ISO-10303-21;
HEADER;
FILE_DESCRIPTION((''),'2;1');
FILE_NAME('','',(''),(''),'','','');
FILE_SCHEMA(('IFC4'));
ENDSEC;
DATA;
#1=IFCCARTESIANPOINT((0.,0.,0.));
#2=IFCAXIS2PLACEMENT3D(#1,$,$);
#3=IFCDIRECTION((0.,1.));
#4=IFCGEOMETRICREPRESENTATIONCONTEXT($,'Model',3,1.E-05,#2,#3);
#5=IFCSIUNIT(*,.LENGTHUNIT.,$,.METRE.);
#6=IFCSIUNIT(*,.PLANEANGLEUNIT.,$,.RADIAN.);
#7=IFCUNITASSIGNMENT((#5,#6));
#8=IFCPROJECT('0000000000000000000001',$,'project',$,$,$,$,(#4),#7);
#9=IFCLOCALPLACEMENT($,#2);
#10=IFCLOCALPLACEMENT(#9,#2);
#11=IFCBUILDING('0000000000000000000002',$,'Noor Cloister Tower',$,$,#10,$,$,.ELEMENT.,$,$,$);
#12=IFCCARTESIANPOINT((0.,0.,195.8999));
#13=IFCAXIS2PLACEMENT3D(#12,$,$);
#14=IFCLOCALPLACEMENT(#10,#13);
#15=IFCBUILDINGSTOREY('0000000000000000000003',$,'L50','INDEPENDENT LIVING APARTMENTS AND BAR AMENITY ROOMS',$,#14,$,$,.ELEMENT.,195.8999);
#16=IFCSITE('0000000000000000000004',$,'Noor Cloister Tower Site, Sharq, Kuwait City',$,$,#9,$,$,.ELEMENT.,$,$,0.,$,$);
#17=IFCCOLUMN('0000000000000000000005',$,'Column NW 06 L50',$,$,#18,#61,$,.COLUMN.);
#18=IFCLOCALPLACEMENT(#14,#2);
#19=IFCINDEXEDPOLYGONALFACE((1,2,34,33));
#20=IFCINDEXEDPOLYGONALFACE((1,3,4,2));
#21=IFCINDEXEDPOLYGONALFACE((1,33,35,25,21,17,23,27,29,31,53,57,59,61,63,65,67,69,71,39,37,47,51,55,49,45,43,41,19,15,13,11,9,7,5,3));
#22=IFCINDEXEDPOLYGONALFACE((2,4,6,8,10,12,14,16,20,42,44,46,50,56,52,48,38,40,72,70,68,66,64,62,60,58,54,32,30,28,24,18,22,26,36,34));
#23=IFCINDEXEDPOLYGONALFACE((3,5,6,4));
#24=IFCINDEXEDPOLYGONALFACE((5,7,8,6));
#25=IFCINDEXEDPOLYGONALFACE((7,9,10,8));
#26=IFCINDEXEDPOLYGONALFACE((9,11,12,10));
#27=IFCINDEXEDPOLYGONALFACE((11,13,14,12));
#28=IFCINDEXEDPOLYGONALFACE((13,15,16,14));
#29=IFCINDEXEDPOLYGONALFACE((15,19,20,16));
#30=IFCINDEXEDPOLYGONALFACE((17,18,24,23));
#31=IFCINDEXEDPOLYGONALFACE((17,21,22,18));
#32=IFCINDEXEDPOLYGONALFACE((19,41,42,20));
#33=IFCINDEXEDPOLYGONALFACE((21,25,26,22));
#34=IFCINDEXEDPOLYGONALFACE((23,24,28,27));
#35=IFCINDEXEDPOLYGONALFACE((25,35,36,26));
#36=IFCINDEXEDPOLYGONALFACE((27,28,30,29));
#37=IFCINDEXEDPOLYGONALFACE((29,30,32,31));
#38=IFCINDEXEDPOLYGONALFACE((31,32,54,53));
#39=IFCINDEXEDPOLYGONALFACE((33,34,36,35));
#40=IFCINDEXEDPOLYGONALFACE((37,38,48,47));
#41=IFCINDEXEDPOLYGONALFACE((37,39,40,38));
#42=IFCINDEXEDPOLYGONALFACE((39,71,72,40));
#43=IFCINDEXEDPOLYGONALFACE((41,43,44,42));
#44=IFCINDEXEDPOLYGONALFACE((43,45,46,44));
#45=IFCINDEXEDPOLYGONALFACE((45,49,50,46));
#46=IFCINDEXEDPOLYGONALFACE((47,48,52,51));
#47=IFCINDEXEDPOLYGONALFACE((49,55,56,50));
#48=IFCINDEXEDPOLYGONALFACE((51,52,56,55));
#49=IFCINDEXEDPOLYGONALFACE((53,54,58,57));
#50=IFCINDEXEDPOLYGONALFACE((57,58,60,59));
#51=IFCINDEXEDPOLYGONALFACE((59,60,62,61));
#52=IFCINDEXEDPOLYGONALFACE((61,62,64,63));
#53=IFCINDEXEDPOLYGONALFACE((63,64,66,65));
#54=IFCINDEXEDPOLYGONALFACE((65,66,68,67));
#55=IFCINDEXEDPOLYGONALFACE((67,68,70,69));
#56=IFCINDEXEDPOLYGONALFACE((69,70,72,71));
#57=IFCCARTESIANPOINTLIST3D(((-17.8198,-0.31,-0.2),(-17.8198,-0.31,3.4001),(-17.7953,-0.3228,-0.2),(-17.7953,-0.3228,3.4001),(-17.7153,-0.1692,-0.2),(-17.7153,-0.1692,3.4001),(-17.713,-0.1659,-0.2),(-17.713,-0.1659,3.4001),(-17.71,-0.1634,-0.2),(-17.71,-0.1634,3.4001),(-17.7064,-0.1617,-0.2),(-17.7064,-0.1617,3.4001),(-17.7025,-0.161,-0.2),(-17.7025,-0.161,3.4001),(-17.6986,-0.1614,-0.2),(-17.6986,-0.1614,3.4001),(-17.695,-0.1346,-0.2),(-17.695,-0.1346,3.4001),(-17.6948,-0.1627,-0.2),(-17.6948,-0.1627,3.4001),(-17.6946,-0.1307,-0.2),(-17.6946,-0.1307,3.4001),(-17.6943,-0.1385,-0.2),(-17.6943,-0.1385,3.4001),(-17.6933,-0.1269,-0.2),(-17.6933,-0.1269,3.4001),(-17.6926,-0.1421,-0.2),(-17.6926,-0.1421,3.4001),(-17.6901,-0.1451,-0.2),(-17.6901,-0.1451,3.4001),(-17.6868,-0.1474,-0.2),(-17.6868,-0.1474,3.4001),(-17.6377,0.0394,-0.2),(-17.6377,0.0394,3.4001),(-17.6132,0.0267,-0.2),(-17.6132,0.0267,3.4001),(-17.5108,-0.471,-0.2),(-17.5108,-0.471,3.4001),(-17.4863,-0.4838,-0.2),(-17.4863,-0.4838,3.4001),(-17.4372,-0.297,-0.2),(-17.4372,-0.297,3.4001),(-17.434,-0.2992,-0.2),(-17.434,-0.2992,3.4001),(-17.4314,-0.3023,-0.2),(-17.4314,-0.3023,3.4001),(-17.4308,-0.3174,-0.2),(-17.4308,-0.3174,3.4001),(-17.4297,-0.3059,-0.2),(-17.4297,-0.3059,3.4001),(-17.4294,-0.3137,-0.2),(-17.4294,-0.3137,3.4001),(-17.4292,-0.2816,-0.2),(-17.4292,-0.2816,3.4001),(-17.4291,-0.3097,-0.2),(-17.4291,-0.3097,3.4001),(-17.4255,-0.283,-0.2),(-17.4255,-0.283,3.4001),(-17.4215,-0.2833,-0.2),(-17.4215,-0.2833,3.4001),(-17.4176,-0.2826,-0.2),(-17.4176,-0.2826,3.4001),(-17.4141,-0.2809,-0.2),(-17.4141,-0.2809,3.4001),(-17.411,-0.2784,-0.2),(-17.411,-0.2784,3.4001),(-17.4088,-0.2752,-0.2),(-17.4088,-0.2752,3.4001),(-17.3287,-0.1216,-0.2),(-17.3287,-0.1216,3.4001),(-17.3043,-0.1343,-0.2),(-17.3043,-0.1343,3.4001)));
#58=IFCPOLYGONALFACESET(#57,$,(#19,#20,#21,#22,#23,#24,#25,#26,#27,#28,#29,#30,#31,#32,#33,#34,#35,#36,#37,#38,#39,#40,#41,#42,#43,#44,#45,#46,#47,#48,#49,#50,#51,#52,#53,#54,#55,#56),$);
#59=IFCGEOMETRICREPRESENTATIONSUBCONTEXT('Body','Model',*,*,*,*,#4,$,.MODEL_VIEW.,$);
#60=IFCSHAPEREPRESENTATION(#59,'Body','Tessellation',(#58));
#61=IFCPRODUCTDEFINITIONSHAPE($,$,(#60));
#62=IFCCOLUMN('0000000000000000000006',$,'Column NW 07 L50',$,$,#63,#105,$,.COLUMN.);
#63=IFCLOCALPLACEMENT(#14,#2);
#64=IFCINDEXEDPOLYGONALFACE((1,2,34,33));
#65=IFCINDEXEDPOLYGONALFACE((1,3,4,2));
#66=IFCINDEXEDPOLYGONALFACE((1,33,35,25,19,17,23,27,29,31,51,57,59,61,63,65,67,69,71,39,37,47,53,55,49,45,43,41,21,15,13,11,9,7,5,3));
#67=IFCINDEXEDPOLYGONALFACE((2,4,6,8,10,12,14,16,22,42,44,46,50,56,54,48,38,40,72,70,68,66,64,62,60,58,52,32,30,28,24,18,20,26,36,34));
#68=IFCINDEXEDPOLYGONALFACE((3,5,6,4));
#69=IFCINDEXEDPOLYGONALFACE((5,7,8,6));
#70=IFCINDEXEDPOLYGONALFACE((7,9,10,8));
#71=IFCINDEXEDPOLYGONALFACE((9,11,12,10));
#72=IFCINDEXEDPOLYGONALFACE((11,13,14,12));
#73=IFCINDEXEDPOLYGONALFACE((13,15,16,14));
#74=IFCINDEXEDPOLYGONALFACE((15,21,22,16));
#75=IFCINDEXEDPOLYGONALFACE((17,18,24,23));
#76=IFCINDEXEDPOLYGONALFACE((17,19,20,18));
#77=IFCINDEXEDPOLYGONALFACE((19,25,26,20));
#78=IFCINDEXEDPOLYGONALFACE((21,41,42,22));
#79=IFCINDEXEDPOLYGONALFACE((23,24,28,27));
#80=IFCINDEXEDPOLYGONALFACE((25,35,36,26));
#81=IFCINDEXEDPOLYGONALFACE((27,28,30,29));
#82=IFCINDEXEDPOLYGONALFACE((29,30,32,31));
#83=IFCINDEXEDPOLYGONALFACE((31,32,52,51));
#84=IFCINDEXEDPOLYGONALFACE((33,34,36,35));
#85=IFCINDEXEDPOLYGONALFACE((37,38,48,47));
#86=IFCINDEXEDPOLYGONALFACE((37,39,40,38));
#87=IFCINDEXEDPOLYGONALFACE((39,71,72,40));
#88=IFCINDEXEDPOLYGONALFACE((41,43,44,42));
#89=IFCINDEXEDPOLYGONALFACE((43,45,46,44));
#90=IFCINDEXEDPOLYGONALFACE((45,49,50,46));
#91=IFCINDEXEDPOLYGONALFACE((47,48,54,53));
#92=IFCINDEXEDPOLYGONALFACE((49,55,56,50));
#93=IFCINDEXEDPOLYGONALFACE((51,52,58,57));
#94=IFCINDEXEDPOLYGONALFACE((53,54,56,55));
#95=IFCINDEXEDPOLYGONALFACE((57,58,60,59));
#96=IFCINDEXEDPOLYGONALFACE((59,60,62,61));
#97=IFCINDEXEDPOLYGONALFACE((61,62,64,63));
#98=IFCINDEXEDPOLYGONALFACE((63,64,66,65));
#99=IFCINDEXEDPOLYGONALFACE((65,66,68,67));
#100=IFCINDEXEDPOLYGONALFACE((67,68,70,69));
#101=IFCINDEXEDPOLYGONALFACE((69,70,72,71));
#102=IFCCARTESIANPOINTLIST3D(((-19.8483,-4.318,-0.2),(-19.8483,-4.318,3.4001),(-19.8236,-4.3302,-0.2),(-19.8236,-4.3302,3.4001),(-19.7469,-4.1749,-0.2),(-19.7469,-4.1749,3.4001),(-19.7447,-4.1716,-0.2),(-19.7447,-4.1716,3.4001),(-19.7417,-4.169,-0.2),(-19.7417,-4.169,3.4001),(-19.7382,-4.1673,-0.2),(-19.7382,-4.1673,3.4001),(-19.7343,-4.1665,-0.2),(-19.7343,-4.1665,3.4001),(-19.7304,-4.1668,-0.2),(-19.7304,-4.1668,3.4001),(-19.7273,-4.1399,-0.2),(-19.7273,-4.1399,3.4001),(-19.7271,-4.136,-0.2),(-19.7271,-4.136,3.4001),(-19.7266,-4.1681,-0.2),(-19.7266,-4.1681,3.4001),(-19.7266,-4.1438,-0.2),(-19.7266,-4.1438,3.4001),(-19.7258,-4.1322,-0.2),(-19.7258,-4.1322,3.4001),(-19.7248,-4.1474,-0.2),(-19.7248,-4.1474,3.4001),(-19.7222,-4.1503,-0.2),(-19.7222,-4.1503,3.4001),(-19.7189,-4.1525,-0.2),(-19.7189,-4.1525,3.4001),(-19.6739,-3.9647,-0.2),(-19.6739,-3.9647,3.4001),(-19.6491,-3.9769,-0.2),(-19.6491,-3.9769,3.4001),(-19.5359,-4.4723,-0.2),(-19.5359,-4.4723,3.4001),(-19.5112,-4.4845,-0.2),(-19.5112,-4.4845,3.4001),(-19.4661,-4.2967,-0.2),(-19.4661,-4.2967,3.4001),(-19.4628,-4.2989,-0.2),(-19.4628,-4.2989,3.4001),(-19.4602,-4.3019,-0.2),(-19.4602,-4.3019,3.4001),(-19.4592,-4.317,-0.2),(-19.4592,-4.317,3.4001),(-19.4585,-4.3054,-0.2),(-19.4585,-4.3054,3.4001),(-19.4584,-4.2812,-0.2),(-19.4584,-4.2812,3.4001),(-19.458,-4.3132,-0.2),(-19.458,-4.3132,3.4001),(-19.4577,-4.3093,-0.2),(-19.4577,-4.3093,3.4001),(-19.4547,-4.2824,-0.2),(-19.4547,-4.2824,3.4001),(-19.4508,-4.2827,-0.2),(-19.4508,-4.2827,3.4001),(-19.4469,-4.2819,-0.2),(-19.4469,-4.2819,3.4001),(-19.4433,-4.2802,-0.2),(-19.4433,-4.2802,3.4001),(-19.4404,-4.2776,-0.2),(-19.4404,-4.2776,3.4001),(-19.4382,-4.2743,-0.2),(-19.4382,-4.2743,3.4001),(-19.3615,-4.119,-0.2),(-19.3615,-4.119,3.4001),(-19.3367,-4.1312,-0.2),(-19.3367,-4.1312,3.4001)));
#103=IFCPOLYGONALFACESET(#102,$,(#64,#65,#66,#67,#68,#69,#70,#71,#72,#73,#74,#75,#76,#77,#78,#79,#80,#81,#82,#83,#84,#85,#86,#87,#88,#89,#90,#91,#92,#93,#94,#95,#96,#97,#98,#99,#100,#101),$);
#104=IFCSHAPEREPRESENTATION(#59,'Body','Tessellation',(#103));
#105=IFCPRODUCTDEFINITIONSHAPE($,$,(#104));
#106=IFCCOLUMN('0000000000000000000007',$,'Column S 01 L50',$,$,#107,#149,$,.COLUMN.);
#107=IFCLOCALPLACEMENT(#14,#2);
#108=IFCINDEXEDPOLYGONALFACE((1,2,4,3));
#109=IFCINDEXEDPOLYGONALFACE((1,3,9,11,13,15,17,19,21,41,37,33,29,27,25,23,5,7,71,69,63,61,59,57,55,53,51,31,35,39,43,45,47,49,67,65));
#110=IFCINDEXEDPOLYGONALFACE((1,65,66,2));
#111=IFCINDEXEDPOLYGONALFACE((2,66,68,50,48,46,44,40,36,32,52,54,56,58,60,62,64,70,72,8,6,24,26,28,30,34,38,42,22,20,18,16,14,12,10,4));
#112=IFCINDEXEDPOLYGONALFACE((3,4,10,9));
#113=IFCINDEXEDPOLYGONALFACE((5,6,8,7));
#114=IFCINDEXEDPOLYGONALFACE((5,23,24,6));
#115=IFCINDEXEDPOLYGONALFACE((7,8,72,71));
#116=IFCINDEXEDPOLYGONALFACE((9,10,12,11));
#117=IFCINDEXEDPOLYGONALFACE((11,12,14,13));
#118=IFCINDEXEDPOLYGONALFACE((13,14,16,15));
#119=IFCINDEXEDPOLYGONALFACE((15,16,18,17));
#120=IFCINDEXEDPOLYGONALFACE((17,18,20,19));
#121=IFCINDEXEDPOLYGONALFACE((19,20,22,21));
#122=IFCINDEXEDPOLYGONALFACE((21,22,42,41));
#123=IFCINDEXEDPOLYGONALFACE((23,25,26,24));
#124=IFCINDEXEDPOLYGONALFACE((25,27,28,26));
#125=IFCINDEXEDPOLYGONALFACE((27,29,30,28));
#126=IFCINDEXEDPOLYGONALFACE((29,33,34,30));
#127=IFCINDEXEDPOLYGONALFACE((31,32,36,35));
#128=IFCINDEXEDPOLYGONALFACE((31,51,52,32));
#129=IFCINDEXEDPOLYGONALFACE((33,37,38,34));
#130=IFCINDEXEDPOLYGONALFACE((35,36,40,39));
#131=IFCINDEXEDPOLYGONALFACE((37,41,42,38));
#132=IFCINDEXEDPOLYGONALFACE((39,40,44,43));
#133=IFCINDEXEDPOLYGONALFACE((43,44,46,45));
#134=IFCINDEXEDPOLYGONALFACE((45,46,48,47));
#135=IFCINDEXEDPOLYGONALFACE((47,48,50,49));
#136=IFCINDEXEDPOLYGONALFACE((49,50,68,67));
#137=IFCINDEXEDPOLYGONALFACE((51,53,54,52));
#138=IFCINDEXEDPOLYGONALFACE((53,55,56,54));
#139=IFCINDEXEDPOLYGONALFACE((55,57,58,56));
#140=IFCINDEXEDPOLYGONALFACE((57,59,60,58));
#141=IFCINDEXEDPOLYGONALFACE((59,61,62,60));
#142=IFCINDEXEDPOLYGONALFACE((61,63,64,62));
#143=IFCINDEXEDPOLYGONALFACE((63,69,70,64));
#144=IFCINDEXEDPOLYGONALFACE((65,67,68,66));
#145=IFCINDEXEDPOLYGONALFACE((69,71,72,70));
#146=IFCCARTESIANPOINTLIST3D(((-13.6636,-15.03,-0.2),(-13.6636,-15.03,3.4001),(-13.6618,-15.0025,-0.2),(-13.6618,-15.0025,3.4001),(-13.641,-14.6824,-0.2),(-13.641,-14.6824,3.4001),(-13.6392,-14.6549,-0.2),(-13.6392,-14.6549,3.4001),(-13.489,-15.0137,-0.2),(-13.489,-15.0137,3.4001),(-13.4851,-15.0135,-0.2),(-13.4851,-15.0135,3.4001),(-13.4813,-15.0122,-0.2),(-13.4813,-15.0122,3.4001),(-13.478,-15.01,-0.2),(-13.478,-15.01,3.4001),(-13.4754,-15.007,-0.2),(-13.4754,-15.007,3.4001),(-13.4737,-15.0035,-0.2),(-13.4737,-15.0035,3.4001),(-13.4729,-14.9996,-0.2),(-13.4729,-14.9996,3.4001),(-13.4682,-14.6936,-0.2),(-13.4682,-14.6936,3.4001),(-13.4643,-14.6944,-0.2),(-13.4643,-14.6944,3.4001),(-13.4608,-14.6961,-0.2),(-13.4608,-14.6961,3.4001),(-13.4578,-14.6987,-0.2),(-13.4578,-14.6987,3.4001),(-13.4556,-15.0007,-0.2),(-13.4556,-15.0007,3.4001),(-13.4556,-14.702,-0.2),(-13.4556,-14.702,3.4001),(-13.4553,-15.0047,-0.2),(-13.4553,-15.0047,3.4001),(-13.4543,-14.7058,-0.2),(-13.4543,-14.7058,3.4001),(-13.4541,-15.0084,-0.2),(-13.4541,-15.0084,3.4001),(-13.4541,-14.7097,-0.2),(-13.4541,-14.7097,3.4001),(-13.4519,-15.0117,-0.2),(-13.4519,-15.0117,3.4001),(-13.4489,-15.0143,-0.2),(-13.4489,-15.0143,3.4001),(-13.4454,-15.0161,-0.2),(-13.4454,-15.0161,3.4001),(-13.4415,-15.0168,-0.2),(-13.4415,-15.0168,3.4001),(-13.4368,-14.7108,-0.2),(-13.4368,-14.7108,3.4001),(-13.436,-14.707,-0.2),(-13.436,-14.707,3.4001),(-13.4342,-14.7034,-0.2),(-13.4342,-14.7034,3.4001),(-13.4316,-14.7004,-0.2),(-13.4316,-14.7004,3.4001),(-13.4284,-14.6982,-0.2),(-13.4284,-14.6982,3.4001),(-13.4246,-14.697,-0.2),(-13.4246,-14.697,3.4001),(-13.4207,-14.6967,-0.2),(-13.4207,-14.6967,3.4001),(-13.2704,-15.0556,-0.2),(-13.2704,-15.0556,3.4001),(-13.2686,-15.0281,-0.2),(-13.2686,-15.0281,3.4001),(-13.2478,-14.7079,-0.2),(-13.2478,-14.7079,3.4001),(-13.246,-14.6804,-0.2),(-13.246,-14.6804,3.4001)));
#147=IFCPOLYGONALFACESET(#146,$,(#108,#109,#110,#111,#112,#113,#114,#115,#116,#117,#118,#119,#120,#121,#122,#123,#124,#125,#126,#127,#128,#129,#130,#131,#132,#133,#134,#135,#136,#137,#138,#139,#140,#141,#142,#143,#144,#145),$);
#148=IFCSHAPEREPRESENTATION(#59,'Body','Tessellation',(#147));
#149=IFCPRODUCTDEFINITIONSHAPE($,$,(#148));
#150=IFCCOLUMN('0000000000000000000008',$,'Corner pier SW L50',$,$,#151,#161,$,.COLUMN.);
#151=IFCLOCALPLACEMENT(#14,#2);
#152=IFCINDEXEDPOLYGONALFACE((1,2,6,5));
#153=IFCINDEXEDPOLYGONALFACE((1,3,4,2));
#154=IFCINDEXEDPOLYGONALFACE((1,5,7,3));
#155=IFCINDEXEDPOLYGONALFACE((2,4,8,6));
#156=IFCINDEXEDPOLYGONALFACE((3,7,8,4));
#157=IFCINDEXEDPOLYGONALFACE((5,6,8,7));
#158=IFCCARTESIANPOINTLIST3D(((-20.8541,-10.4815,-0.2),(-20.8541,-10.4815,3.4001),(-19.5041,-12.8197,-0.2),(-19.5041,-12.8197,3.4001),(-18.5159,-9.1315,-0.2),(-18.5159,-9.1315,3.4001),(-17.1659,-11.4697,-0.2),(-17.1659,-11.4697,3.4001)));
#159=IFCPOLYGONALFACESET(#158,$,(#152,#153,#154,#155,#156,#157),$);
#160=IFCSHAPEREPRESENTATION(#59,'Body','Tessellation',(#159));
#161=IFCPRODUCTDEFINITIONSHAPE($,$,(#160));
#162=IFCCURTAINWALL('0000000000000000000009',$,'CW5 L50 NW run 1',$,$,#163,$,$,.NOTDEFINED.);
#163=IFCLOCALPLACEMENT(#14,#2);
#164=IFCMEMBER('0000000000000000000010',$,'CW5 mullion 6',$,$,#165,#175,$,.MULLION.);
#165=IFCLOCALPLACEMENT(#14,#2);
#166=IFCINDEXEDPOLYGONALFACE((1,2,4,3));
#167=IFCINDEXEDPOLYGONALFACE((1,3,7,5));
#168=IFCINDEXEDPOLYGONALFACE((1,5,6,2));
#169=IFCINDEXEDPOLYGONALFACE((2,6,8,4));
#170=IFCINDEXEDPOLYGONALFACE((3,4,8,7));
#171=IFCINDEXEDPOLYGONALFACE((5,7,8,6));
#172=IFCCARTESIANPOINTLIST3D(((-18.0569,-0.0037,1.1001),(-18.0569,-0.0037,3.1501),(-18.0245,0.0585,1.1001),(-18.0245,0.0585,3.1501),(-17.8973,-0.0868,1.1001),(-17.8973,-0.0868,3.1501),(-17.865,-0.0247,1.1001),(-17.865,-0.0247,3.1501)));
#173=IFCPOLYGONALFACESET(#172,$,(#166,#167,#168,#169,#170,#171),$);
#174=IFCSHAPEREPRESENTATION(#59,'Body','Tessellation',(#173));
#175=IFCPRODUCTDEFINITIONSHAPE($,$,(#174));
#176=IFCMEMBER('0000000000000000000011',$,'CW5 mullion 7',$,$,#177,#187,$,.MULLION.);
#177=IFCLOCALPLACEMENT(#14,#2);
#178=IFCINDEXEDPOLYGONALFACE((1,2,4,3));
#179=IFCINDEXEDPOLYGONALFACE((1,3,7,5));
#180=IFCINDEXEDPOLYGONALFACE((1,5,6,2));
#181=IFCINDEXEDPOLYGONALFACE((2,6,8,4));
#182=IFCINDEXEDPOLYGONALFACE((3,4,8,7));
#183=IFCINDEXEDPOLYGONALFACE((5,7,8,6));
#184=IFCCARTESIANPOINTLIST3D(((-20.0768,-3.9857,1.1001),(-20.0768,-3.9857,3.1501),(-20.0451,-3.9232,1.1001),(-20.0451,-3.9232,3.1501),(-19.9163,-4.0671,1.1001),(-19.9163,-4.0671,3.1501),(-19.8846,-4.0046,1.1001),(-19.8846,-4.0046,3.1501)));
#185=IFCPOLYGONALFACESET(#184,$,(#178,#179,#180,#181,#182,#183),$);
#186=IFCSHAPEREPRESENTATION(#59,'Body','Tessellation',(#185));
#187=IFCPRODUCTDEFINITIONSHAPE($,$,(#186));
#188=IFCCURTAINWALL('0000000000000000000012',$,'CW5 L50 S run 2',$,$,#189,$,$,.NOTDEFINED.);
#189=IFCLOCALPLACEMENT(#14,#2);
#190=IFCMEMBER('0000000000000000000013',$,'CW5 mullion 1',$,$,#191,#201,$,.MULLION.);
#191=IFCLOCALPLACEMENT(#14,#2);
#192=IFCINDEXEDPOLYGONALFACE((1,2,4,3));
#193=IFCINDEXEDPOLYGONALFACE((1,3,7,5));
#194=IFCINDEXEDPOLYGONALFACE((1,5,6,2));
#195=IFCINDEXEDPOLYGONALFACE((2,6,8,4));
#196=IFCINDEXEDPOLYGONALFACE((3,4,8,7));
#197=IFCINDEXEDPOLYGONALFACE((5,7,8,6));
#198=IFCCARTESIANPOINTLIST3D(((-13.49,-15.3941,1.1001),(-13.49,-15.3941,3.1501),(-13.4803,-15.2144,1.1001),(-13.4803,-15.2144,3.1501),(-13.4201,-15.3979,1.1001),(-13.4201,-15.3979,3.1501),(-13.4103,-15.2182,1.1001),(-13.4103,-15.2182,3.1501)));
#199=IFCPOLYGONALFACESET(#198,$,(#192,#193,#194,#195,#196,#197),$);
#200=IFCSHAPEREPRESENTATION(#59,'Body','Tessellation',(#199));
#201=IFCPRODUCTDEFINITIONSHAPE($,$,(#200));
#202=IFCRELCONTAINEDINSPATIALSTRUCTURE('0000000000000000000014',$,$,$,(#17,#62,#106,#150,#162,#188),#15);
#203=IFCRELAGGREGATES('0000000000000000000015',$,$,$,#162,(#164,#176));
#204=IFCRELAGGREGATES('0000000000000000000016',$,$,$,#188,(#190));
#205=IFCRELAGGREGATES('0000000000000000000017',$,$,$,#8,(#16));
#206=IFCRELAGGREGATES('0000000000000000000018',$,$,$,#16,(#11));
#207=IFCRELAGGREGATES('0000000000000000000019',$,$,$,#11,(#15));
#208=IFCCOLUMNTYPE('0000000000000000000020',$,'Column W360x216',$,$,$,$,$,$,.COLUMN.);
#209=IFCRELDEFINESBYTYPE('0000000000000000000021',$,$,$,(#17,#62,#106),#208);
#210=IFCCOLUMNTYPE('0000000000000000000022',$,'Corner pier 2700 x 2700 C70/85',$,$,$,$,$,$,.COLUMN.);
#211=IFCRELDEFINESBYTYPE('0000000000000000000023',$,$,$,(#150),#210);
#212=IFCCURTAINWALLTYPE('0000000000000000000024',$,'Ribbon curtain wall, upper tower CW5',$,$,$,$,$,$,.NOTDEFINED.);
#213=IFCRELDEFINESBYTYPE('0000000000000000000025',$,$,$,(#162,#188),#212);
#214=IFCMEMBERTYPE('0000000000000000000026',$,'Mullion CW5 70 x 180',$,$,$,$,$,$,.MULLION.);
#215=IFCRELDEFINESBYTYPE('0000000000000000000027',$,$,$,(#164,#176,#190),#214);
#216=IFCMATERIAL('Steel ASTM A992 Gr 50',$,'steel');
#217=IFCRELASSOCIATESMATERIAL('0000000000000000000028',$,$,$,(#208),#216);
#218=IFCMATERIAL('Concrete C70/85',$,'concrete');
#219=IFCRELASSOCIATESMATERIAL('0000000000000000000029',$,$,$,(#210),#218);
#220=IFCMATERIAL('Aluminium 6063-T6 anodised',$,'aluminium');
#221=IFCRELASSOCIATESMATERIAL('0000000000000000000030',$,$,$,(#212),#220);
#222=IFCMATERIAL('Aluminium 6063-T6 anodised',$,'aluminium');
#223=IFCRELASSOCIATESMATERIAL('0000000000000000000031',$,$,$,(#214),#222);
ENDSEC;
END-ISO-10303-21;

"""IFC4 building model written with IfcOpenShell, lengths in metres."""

from ifc_helpers import new_model, si_unit, direction, frame, origin, origin_2d, place, context, subcontext, project, spatial, rectangle, i_section, extrude, material, material_profile, profile_set, type_object, element, aggregate, save


model = new_model("IFC4")

# Units and contexts
model_context = context("Model", 3, precision=1e-05, world=origin(), true_north=direction((0.0, 1.0)))
body_context = subcontext(model_context, "Body", "Model", "MODEL_VIEW")
ifc_project = project(units=[si_unit("LENGTHUNIT", "METRE"), si_unit("PLANEANGLEUNIT", "RADIAN")], contexts=[model_context])

# Site, building, storey
site_placement = place(None, origin())
site = spatial("IfcSite", under=ifc_project, at=site_placement, Name="Noor Cloister Tower Site, Sharq, Kuwait City", CompositionType="ELEMENT", RefElevation=0.0)
building_placement = place(site_placement, origin())
building = spatial("IfcBuilding", under=site, at=building_placement, Name="Noor Cloister Tower", CompositionType="ELEMENT")
storey_placement = place(building_placement, frame((0.0, 0.0, 195.8999)))
storey = spatial("IfcBuildingStorey", under=building, at=storey_placement, Name="L50", Description="INDEPENDENT LIVING APARTMENTS AND BAR AMENITY ROOMS", CompositionType="ELEMENT", Elevation=195.8999)

# Columns
ifc_material_1 = material(Name="Steel ASTM A992 Gr 50", Category="steel")
ifc_material_profile_1 = material_profile(ifc_material_1, i_section(OverallWidth=0.394, OverallDepth=0.376, WebThickness=0.0173, FlangeThickness=0.0276, FilletRadius=0.0151, at=origin_2d()), Name="W360x216")
ifc_profile_set_1 = profile_set([ifc_material_profile_1], Name="Steel ASTM A992 Gr 50")
column_type_1 = type_object("IfcColumnType", Name="Column W360x216", PredefinedType="COLUMN", material=ifc_profile_set_1)
for number, where, z_axis, x_axis, name in (
    (1, (-17.562, -0.2222, -0.2), (0.0, 0.0, 1.0), (-0.462061, -0.886848, 0.0), "Column NW 06 L50"),
    (2, (-19.5925, -4.2246, -0.2), (0.0, 0.0, 1.0), (-0.442763, -0.896639, 0.0), "Column NW 07 L50"),
    (3, (-13.4548, -14.8552, -0.2), (0.0, 0.0, 1.0), (0.997893, -0.064875, 0.0), "Column S 01 L50"),
):
    element("IfcColumn", number, at=place(storey_placement, frame(where, z_axis=z_axis, x_axis=x_axis)), inside=storey, type_object=column_type_1, Name=name, PredefinedType="COLUMN", context=body_context, shape_type="SweptSolid", body=[
        extrude(i_section(OverallWidth=0.394, OverallDepth=0.376, WebThickness=0.0173, FlangeThickness=0.0276, FilletRadius=0.0151, at=origin_2d()), origin(), (0.0, 0.0, 1.0), 3.6001),
    ])
ifc_material_2 = material(Name="Concrete C70/85", Category="concrete")
ifc_material_profile_2 = material_profile(ifc_material_2, rectangle(XDim=2.7, YDim=2.7, at=origin_2d()), Name="RC 2700x2700")
ifc_profile_set_2 = profile_set([ifc_material_profile_2], Name="Concrete C70/85")
column_type_2 = type_object("IfcColumnType", Name="Corner pier 2700 x 2700 C70/85", PredefinedType="COLUMN", material=ifc_profile_set_2)
column_placement = place(storey_placement, frame((-19.01, -10.9756, -0.2), z_axis=(0.0, 0.0, 1.0), x_axis=(-0.866025, -0.5, 0.0)))
element("IfcColumn", 4, at=column_placement, inside=storey, type_object=column_type_2, Name="Corner pier SW L50", PredefinedType="COLUMN", context=body_context, shape_type="SweptSolid", body=[
    extrude(rectangle(XDim=2.7, YDim=2.7, at=origin_2d()), origin(), (0.0, 0.0, 1.0), 3.6001),
])

# Curtain wall, members
ifc_material_3 = material(Name="Aluminium 6063-T6 anodised", Category="aluminium")
curtain_wall_type = type_object("IfcCurtainWallType", Name="Ribbon curtain wall, upper tower CW5", PredefinedType="NOTDEFINED", material=ifc_material_3)
curtain_wall_1_placement = place(storey_placement, origin())
curtain_wall_1 = element("IfcCurtainWall", 5, at=curtain_wall_1_placement, inside=storey, type_object=curtain_wall_type, Name="CW5 L50 NW run 1", PredefinedType="NOTDEFINED")
ifc_material_4 = material(Name="Aluminium 6063-T6 anodised", Category="aluminium")
ifc_material_profile_3 = material_profile(ifc_material_4, rectangle(XDim=0.1799, YDim=0.0701, at=origin_2d()), Name="180 x 70 mullion")
ifc_profile_set_3 = profile_set([ifc_material_profile_3], Name="Aluminium 6063-T6 anodised")
member_type = type_object("IfcMemberType", Name="Mullion CW5 70 x 180", PredefinedType="MULLION", material=ifc_profile_set_3)
member_1_placement = place(storey_placement, frame((-17.9609, -0.0142, 1.1001), z_axis=(0.0, 0.0, 1.0), x_axis=(0.886848, -0.462061, 0.0)))
member_1 = element("IfcMember", 6, at=member_1_placement, type_object=member_type, Name="CW5 mullion 6", PredefinedType="MULLION", context=body_context, shape_type="SweptSolid", body=[
    extrude(rectangle(XDim=0.1799, YDim=0.0701, at=origin_2d()), origin(), (0.0, 0.0, 1.0), 2.05),
])
member_2_placement = place(storey_placement, frame((-19.9807, -3.9951, 1.1001), z_axis=(0.0, 0.0, 1.0), x_axis=(0.891795, -0.452439, 0.0)))
member_2 = element("IfcMember", 7, at=member_2_placement, type_object=member_type, Name="CW5 mullion 7", PredefinedType="MULLION", context=body_context, shape_type="SweptSolid", body=[
    extrude(rectangle(XDim=0.1799, YDim=0.0701, at=origin_2d()), origin(), (0.0, 0.0, 1.0), 2.05),
])

# Curtain wall, member
curtain_wall_2_placement = place(storey_placement, origin())
curtain_wall_2 = element("IfcCurtainWall", 8, at=curtain_wall_2_placement, inside=storey, type_object=curtain_wall_type, Name="CW5 L50 S run 2", PredefinedType="NOTDEFINED")
member_3_placement = place(storey_placement, frame((-13.4502, -15.3062, 1.1001), z_axis=(0.0, 0.0, 1.0), x_axis=(0.054074, 0.998537, 0.0)))
member_3 = element("IfcMember", 9, at=member_3_placement, type_object=member_type, Name="CW5 mullion 1", PredefinedType="MULLION", context=body_context, shape_type="SweptSolid", body=[
    extrude(rectangle(XDim=0.1799, YDim=0.0701, at=origin_2d()), origin(), (0.0, 0.0, 1.0), 2.05),
])

aggregate(curtain_wall_1, [member_1, member_2])
aggregate(curtain_wall_2, [member_3])

save(model, "model.ifc")
